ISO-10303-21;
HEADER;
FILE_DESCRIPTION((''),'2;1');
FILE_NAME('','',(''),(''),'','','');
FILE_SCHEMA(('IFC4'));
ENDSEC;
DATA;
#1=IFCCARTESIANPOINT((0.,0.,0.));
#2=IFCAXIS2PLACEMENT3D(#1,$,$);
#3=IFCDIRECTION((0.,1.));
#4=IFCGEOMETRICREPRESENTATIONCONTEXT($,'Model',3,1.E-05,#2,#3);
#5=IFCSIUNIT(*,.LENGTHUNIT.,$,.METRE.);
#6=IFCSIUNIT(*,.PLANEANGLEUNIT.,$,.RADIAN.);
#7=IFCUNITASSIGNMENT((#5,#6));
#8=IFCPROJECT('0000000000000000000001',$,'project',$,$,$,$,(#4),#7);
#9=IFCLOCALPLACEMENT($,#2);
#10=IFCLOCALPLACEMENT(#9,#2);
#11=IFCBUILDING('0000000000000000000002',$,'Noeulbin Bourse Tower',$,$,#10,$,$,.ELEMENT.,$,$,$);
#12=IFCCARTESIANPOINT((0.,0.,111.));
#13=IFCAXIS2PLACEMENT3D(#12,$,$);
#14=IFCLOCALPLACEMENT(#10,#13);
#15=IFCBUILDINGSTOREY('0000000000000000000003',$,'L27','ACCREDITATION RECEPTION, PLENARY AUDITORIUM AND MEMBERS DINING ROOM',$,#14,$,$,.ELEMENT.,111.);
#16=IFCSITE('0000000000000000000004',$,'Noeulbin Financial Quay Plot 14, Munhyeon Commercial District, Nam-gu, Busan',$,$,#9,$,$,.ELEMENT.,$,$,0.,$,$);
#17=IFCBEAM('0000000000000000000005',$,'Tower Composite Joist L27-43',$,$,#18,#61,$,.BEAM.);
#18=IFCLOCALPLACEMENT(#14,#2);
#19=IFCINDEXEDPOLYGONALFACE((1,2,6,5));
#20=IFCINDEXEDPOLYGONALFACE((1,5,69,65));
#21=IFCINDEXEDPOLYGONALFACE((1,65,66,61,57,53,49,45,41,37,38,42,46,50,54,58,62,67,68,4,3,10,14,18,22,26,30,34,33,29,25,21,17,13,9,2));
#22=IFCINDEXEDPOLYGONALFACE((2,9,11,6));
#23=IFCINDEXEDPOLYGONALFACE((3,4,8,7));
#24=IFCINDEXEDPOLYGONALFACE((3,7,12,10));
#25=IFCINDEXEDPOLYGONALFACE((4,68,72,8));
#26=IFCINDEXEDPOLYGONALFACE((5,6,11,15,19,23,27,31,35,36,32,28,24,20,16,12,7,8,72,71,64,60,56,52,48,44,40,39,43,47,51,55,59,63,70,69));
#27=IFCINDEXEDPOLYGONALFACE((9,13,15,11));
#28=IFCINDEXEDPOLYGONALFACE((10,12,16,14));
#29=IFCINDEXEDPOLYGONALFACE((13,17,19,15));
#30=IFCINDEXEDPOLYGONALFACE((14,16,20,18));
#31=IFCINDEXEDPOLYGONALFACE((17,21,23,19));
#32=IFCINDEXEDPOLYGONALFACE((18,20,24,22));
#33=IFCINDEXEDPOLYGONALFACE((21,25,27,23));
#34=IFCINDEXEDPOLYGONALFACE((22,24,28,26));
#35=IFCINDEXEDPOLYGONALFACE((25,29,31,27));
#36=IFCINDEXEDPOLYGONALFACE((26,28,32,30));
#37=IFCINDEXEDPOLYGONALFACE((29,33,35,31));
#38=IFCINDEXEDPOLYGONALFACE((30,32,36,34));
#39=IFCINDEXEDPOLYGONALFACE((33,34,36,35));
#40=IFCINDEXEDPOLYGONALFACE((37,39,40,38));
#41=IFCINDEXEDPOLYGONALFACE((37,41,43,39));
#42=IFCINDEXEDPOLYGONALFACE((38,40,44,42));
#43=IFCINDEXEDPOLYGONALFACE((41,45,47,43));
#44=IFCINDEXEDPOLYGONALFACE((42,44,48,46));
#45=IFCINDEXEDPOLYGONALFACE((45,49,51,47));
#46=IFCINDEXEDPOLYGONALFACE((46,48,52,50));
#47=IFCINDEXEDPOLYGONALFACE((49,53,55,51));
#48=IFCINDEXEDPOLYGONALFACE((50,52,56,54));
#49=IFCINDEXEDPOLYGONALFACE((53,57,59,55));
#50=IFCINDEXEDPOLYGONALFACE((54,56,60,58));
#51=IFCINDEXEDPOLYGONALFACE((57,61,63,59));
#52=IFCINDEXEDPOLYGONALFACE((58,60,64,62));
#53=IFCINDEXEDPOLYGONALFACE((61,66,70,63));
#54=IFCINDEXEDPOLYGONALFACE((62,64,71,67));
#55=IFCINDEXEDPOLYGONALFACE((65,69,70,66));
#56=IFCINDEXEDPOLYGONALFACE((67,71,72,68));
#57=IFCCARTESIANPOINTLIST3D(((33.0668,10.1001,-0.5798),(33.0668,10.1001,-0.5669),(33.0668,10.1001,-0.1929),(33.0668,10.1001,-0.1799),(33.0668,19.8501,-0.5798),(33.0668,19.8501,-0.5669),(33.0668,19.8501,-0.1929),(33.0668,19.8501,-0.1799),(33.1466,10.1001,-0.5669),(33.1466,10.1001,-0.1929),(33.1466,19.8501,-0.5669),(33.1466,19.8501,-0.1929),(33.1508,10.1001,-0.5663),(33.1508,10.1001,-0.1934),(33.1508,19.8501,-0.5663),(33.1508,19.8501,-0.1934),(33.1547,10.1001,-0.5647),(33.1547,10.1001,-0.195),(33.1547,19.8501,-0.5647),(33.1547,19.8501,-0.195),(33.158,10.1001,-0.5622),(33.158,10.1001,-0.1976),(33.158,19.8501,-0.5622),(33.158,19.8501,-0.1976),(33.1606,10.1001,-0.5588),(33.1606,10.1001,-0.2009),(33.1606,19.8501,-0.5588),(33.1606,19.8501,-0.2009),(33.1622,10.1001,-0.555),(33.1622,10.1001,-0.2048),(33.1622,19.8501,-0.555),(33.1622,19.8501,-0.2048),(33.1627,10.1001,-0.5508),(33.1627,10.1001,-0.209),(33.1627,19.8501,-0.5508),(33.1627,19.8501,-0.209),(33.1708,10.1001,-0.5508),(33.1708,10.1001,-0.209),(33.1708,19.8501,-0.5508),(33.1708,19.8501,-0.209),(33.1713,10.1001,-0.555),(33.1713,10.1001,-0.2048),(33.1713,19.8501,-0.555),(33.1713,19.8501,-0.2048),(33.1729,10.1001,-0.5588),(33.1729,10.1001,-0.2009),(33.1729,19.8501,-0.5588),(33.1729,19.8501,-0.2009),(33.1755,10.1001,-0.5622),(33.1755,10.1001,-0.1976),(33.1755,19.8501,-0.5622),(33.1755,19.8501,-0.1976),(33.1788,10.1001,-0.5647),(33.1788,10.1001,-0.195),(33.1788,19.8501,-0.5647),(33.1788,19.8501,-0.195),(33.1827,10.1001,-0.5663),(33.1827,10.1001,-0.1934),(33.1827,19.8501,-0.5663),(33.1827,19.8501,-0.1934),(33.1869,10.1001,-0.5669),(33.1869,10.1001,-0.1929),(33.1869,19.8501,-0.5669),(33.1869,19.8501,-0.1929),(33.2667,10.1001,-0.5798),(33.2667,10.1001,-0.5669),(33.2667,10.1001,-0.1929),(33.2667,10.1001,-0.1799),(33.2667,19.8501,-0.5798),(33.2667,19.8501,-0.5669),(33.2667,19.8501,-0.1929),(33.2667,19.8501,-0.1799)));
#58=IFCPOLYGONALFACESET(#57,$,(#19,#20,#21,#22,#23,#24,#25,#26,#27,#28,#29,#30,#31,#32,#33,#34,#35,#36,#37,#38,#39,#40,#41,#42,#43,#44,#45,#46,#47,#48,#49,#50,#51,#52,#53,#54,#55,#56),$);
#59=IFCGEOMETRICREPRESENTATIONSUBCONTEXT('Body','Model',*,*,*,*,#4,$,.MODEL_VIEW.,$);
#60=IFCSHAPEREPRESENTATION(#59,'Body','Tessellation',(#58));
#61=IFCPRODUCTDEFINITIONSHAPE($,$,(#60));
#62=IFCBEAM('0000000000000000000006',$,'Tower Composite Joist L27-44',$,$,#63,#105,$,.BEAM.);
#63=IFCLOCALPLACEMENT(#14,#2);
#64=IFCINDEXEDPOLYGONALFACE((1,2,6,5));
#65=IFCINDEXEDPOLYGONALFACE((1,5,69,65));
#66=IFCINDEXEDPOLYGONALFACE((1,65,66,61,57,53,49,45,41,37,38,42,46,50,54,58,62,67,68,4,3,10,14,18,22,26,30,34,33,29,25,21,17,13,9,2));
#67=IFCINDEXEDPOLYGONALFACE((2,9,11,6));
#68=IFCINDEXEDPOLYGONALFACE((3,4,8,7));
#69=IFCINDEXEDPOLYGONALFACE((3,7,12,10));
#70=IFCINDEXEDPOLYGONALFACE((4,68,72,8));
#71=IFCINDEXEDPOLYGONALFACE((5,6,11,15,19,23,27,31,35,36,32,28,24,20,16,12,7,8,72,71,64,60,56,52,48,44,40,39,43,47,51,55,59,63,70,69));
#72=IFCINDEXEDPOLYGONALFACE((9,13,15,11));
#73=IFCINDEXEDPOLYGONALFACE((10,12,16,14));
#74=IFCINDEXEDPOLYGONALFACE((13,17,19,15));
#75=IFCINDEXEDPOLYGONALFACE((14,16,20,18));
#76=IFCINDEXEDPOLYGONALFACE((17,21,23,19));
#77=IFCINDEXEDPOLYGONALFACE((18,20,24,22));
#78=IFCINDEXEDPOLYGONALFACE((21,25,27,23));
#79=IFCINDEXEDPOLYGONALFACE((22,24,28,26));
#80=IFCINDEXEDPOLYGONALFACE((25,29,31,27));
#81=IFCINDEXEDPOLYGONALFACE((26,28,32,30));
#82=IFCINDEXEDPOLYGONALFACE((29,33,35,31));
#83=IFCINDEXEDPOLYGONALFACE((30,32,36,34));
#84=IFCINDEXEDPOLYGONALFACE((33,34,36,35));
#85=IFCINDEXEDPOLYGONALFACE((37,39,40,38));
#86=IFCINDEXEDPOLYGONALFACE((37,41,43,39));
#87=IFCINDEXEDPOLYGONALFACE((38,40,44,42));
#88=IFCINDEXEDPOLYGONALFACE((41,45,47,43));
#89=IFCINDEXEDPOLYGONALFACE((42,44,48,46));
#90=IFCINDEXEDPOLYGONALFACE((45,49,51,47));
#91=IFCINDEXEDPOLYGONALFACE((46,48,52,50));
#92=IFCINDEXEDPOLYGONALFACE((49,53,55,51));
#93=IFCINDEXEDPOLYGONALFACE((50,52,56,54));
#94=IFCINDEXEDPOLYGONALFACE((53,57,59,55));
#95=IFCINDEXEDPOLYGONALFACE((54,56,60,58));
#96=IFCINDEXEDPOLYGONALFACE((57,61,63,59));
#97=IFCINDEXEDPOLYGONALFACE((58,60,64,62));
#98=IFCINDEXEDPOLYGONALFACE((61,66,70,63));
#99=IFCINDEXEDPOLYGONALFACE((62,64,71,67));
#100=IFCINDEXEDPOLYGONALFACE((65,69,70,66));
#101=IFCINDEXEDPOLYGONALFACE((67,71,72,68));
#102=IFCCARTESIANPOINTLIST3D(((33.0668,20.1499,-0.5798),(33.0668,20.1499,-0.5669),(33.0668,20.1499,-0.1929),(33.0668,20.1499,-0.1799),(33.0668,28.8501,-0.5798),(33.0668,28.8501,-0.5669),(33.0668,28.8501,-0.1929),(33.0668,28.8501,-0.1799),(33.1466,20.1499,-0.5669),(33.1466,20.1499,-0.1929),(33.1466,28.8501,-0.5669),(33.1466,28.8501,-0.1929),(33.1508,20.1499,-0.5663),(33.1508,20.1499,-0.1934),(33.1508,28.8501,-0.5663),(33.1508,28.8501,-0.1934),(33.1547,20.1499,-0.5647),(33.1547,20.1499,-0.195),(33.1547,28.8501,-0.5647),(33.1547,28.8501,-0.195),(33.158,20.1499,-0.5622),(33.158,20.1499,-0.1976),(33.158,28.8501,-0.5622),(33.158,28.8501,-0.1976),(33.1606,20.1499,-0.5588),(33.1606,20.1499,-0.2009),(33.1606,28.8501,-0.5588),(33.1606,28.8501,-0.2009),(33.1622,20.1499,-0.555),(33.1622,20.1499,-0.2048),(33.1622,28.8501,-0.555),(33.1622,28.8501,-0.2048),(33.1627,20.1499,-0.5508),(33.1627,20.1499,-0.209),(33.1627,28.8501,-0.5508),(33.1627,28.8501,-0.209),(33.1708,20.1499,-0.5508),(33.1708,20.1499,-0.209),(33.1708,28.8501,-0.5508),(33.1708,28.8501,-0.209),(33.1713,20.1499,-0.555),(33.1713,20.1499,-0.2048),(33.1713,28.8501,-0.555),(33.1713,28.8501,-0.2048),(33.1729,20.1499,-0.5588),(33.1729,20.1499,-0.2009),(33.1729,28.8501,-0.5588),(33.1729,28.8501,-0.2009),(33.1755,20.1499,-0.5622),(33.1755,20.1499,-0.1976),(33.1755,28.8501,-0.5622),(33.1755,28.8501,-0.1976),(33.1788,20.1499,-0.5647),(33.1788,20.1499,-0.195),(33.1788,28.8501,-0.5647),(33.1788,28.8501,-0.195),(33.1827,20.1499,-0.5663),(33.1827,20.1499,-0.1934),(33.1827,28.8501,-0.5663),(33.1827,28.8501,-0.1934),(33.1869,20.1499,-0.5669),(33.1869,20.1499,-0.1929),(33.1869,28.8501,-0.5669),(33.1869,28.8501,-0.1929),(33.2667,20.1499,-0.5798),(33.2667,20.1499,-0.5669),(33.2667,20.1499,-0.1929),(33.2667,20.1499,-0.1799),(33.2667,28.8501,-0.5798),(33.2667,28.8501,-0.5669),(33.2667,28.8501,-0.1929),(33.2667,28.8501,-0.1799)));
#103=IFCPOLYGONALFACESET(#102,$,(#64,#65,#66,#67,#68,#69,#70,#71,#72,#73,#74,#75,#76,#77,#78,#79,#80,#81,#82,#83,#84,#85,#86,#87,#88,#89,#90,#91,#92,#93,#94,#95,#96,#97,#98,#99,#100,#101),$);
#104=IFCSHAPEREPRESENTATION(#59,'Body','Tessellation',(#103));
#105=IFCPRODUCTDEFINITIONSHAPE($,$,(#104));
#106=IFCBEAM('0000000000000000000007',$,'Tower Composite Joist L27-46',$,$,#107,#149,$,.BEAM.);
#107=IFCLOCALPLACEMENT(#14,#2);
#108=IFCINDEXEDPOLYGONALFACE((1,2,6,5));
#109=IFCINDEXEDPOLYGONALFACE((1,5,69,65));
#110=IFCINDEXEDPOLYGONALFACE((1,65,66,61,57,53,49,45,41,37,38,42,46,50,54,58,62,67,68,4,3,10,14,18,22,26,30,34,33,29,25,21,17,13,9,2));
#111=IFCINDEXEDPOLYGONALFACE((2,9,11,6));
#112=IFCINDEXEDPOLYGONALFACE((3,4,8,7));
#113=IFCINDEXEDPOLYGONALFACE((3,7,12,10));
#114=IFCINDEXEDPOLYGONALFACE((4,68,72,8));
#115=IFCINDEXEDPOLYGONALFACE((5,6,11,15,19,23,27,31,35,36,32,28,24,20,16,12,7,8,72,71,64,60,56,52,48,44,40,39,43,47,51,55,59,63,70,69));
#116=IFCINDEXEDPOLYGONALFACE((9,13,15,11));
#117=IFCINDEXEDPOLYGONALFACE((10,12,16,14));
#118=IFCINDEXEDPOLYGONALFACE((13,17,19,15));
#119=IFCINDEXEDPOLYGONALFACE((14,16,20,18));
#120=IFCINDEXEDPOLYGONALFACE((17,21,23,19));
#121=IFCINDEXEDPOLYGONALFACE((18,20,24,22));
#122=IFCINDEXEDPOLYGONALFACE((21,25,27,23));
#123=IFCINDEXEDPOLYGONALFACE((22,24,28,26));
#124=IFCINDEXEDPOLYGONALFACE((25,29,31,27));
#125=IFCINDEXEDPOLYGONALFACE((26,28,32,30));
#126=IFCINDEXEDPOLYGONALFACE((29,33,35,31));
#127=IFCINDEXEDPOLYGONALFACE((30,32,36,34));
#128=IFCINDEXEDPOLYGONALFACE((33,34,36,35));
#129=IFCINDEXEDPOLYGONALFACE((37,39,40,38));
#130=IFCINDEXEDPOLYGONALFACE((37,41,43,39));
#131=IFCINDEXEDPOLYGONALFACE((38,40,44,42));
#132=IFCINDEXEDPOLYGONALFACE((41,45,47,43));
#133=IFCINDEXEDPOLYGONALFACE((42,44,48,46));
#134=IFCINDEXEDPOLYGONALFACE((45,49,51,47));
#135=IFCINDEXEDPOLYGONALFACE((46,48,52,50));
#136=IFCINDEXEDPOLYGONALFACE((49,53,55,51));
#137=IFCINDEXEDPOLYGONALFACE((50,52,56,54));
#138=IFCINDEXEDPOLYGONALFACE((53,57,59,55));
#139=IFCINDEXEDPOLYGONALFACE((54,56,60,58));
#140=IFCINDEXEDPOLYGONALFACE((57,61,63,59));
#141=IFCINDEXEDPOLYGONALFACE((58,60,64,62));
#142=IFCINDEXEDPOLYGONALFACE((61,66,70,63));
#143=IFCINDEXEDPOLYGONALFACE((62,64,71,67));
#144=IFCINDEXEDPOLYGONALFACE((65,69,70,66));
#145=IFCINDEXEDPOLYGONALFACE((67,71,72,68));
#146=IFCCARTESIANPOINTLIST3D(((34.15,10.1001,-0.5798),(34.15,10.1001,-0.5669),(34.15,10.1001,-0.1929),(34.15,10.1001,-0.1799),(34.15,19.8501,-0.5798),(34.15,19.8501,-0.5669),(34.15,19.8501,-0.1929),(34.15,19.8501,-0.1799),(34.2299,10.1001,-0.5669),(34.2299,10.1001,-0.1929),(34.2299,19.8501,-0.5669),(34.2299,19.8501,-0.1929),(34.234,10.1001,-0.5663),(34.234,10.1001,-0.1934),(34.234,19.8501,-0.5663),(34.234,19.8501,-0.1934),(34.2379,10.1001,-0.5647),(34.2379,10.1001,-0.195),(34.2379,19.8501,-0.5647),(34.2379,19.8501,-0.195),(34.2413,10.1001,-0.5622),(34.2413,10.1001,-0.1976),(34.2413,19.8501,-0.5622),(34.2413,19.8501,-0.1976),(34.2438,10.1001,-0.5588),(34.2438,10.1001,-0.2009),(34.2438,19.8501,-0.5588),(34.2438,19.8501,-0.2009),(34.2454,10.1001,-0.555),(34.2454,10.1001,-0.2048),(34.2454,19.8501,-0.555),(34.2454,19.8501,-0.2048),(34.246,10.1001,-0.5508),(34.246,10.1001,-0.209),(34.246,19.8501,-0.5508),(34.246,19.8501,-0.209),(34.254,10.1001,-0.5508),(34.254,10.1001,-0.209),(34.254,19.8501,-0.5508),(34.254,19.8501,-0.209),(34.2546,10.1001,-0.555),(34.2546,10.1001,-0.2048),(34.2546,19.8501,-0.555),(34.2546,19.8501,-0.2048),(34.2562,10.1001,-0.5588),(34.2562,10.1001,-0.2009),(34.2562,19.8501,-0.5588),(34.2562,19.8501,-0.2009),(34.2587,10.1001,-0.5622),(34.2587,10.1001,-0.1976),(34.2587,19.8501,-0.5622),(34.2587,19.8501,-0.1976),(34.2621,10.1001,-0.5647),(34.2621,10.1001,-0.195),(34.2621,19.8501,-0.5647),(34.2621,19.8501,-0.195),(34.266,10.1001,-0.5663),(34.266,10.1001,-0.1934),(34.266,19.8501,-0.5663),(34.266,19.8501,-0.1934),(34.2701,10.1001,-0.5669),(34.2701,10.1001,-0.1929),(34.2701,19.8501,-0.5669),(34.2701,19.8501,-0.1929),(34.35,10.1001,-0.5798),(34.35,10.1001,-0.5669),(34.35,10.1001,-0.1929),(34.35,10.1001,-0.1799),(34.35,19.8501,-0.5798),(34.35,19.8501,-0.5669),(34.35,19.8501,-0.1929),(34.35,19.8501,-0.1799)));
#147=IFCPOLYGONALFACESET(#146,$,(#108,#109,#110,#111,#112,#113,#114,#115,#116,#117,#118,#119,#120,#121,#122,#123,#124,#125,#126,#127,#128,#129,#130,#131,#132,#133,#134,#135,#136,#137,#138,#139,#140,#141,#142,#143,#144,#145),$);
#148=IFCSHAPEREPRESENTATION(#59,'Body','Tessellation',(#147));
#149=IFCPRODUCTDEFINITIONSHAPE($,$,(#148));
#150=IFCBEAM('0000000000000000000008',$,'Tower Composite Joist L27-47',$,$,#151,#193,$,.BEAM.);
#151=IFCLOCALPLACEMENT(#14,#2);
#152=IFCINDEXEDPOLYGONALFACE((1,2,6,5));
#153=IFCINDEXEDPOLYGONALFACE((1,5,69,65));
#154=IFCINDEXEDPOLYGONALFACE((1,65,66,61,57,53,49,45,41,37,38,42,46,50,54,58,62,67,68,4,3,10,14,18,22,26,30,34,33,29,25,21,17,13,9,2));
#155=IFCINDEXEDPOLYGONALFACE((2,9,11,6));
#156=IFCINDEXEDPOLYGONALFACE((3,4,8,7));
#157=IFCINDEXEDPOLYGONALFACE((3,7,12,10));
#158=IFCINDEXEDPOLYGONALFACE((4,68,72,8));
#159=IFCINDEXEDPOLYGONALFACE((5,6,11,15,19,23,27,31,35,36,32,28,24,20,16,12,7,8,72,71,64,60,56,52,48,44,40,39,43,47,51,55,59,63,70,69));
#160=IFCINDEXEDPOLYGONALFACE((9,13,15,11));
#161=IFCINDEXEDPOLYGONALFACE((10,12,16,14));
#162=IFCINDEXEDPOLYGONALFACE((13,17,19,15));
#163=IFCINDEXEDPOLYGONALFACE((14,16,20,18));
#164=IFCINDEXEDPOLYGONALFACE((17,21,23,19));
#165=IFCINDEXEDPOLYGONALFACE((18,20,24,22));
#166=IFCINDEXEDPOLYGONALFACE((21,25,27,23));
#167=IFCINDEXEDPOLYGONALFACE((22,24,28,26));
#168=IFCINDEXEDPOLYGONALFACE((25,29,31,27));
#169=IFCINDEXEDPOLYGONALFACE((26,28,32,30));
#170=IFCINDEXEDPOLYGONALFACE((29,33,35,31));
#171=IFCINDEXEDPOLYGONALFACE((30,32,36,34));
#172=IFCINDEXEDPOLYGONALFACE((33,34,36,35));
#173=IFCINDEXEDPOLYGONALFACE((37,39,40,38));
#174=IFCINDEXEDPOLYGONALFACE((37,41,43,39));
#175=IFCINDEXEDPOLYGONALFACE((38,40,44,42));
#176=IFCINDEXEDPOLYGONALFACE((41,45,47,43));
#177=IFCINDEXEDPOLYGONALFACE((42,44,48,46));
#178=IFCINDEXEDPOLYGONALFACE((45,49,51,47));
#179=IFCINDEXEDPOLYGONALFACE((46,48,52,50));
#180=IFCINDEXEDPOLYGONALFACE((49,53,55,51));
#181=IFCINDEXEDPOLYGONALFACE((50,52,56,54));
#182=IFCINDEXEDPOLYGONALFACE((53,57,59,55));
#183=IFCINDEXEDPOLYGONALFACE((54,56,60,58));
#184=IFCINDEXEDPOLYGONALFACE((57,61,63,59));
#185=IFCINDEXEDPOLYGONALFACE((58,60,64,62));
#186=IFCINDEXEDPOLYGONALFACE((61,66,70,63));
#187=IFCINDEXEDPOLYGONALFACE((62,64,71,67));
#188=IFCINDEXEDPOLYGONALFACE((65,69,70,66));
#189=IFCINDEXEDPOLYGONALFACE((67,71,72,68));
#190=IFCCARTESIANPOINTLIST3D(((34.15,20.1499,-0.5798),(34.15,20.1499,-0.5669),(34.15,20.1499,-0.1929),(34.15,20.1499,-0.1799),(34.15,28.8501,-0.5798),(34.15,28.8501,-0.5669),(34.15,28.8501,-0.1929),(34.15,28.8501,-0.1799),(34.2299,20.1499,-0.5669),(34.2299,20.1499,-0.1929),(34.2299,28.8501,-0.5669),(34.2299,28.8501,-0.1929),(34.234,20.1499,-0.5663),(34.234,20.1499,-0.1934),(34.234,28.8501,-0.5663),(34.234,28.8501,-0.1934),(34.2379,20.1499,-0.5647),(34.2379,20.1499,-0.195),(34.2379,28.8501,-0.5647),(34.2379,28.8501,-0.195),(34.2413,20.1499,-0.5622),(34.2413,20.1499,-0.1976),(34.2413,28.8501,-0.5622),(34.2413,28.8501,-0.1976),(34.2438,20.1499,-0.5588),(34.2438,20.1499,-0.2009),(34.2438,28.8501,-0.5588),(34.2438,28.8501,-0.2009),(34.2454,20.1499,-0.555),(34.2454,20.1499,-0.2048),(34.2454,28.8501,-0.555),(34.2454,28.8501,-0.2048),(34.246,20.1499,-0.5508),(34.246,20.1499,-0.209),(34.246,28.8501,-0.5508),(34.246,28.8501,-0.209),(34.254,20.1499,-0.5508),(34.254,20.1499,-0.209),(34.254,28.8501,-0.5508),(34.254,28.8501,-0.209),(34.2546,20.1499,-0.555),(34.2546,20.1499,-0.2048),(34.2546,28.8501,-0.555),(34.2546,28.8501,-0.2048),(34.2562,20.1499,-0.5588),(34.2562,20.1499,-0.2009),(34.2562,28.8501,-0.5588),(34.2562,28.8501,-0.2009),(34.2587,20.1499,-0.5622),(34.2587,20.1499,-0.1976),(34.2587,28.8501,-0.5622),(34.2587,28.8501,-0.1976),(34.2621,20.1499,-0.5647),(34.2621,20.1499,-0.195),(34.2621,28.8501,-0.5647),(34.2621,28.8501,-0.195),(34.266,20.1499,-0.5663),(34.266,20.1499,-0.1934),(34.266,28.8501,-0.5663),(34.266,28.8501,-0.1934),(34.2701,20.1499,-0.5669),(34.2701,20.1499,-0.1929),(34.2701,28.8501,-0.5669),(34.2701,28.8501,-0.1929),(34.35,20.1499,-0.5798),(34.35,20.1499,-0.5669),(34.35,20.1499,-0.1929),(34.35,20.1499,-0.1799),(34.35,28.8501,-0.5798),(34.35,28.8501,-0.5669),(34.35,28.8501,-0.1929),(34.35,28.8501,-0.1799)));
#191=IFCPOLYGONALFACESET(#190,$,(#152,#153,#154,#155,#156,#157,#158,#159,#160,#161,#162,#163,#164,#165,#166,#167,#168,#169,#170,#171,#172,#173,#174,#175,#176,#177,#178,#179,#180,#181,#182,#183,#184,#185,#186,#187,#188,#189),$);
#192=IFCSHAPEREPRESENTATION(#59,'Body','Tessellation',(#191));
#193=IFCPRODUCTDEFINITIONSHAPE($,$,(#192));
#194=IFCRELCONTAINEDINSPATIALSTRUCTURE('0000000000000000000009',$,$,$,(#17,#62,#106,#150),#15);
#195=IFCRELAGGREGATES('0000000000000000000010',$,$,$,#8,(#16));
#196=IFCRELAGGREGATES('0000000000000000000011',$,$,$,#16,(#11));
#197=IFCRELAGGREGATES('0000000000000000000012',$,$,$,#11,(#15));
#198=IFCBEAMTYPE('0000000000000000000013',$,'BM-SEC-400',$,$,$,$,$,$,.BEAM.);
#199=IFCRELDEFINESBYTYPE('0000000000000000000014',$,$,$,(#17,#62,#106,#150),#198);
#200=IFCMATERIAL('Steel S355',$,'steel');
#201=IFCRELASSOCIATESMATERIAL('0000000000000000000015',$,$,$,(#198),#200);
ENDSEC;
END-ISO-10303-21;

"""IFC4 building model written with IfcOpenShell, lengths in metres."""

from ifc_helpers import new_model, si_unit, direction, frame, origin, origin_2d, place, context, subcontext, project, spatial, i_section, extrude, material, material_profile, profile_set, type_object, element, save


model = new_model("IFC4")

# Units and contexts
model_context = context("Model", 3, precision=1e-05, world=origin(), true_north=direction((0.0, 1.0)))
body_context = subcontext(model_context, "Body", "Model", "MODEL_VIEW")
ifc_project = project(units=[si_unit("LENGTHUNIT", "METRE"), si_unit("PLANEANGLEUNIT", "RADIAN")], contexts=[model_context])

# Site, building, storey
site_placement = place(None, origin())
site = spatial("IfcSite", under=ifc_project, at=site_placement, Name="Noeulbin Financial Quay Plot 14, Munhyeon Commercial District, Nam-gu, Busan", CompositionType="ELEMENT", RefElevation=0.0)
building_placement = place(site_placement, origin())
building = spatial("IfcBuilding", under=site, at=building_placement, Name="Noeulbin Bourse Tower", CompositionType="ELEMENT")
storey_placement = place(building_placement, frame((0.0, 0.0, 111.0)))
storey = spatial("IfcBuildingStorey", under=building, at=storey_placement, Name="L27", Description="ACCREDITATION RECEPTION, PLENARY AUDITORIUM AND MEMBERS DINING ROOM", CompositionType="ELEMENT", Elevation=111.0)

# Beams
ifc_material_1 = material(Name="Steel S355", Category="steel")
ifc_material_profile_1 = material_profile(ifc_material_1, i_section(OverallWidth=0.2, OverallDepth=0.3999, WebThickness=0.0081, FlangeThickness=0.0129, FilletRadius=0.0161, at=origin_2d()), Name="H-400x200x8x13", Category="LoadBearing")
ifc_profile_set_1 = profile_set([ifc_material_profile_1], Name="Steel S355")
beam_type_1 = type_object("IfcBeamType", Name="BM-SEC-400", PredefinedType="BEAM", material=ifc_profile_set_1)
beam_1_placement = place(storey_placement, frame((33.1667, 10.1001, -0.3799), z_axis=(0.0, 1.0, 0.0), x_axis=(-1.0, 0.0, 0.0)))
element("IfcBeam", 1, at=beam_1_placement, inside=storey, type_object=beam_type_1, Name="Tower Composite Joist L27-43", PredefinedType="BEAM", context=body_context, shape_type="SweptSolid", body=[
    extrude(i_section(OverallWidth=0.2, OverallDepth=0.3999, WebThickness=0.0081, FlangeThickness=0.0129, FilletRadius=0.0161, at=origin_2d()), origin(), (0.0, 0.0, 1.0), 9.75),
])
beam_2_placement = place(storey_placement, frame((33.1667, 20.1499, -0.3799), z_axis=(0.0, 1.0, 0.0), x_axis=(-1.0, 0.0, 0.0)))
element("IfcBeam", 2, at=beam_2_placement, inside=storey, type_object=beam_type_1, Name="Tower Composite Joist L27-44", PredefinedType="BEAM", context=body_context, shape_type="SweptSolid", body=[
    extrude(i_section(OverallWidth=0.2, OverallDepth=0.3999, WebThickness=0.0081, FlangeThickness=0.0129, FilletRadius=0.0161, at=origin_2d()), origin(), (0.0, 0.0, 1.0), 8.7002),
])
beam_3_placement = place(storey_placement, frame((34.25, 10.1001, -0.3799), z_axis=(0.0, 1.0, 0.0), x_axis=(-1.0, 0.0, 0.0)))
element("IfcBeam", 3, at=beam_3_placement, inside=storey, type_object=beam_type_1, Name="Tower Composite Joist L27-46", PredefinedType="BEAM", context=body_context, shape_type="SweptSolid", body=[
    extrude(i_section(OverallWidth=0.2, OverallDepth=0.3999, WebThickness=0.0081, FlangeThickness=0.0129, FilletRadius=0.0161, at=origin_2d()), origin(), (0.0, 0.0, 1.0), 9.75),
])
beam_4_placement = place(storey_placement, frame((34.25, 20.1499, -0.3799), z_axis=(0.0, 1.0, 0.0), x_axis=(-1.0, 0.0, 0.0)))
element("IfcBeam", 4, at=beam_4_placement, inside=storey, type_object=beam_type_1, Name="Tower Composite Joist L27-47", PredefinedType="BEAM", context=body_context, shape_type="SweptSolid", body=[
    extrude(i_section(OverallWidth=0.2, OverallDepth=0.3999, WebThickness=0.0081, FlangeThickness=0.0129, FilletRadius=0.0161, at=origin_2d()), origin(), (0.0, 0.0, 1.0), 8.7002),
])

save(model, "model.ifc")
